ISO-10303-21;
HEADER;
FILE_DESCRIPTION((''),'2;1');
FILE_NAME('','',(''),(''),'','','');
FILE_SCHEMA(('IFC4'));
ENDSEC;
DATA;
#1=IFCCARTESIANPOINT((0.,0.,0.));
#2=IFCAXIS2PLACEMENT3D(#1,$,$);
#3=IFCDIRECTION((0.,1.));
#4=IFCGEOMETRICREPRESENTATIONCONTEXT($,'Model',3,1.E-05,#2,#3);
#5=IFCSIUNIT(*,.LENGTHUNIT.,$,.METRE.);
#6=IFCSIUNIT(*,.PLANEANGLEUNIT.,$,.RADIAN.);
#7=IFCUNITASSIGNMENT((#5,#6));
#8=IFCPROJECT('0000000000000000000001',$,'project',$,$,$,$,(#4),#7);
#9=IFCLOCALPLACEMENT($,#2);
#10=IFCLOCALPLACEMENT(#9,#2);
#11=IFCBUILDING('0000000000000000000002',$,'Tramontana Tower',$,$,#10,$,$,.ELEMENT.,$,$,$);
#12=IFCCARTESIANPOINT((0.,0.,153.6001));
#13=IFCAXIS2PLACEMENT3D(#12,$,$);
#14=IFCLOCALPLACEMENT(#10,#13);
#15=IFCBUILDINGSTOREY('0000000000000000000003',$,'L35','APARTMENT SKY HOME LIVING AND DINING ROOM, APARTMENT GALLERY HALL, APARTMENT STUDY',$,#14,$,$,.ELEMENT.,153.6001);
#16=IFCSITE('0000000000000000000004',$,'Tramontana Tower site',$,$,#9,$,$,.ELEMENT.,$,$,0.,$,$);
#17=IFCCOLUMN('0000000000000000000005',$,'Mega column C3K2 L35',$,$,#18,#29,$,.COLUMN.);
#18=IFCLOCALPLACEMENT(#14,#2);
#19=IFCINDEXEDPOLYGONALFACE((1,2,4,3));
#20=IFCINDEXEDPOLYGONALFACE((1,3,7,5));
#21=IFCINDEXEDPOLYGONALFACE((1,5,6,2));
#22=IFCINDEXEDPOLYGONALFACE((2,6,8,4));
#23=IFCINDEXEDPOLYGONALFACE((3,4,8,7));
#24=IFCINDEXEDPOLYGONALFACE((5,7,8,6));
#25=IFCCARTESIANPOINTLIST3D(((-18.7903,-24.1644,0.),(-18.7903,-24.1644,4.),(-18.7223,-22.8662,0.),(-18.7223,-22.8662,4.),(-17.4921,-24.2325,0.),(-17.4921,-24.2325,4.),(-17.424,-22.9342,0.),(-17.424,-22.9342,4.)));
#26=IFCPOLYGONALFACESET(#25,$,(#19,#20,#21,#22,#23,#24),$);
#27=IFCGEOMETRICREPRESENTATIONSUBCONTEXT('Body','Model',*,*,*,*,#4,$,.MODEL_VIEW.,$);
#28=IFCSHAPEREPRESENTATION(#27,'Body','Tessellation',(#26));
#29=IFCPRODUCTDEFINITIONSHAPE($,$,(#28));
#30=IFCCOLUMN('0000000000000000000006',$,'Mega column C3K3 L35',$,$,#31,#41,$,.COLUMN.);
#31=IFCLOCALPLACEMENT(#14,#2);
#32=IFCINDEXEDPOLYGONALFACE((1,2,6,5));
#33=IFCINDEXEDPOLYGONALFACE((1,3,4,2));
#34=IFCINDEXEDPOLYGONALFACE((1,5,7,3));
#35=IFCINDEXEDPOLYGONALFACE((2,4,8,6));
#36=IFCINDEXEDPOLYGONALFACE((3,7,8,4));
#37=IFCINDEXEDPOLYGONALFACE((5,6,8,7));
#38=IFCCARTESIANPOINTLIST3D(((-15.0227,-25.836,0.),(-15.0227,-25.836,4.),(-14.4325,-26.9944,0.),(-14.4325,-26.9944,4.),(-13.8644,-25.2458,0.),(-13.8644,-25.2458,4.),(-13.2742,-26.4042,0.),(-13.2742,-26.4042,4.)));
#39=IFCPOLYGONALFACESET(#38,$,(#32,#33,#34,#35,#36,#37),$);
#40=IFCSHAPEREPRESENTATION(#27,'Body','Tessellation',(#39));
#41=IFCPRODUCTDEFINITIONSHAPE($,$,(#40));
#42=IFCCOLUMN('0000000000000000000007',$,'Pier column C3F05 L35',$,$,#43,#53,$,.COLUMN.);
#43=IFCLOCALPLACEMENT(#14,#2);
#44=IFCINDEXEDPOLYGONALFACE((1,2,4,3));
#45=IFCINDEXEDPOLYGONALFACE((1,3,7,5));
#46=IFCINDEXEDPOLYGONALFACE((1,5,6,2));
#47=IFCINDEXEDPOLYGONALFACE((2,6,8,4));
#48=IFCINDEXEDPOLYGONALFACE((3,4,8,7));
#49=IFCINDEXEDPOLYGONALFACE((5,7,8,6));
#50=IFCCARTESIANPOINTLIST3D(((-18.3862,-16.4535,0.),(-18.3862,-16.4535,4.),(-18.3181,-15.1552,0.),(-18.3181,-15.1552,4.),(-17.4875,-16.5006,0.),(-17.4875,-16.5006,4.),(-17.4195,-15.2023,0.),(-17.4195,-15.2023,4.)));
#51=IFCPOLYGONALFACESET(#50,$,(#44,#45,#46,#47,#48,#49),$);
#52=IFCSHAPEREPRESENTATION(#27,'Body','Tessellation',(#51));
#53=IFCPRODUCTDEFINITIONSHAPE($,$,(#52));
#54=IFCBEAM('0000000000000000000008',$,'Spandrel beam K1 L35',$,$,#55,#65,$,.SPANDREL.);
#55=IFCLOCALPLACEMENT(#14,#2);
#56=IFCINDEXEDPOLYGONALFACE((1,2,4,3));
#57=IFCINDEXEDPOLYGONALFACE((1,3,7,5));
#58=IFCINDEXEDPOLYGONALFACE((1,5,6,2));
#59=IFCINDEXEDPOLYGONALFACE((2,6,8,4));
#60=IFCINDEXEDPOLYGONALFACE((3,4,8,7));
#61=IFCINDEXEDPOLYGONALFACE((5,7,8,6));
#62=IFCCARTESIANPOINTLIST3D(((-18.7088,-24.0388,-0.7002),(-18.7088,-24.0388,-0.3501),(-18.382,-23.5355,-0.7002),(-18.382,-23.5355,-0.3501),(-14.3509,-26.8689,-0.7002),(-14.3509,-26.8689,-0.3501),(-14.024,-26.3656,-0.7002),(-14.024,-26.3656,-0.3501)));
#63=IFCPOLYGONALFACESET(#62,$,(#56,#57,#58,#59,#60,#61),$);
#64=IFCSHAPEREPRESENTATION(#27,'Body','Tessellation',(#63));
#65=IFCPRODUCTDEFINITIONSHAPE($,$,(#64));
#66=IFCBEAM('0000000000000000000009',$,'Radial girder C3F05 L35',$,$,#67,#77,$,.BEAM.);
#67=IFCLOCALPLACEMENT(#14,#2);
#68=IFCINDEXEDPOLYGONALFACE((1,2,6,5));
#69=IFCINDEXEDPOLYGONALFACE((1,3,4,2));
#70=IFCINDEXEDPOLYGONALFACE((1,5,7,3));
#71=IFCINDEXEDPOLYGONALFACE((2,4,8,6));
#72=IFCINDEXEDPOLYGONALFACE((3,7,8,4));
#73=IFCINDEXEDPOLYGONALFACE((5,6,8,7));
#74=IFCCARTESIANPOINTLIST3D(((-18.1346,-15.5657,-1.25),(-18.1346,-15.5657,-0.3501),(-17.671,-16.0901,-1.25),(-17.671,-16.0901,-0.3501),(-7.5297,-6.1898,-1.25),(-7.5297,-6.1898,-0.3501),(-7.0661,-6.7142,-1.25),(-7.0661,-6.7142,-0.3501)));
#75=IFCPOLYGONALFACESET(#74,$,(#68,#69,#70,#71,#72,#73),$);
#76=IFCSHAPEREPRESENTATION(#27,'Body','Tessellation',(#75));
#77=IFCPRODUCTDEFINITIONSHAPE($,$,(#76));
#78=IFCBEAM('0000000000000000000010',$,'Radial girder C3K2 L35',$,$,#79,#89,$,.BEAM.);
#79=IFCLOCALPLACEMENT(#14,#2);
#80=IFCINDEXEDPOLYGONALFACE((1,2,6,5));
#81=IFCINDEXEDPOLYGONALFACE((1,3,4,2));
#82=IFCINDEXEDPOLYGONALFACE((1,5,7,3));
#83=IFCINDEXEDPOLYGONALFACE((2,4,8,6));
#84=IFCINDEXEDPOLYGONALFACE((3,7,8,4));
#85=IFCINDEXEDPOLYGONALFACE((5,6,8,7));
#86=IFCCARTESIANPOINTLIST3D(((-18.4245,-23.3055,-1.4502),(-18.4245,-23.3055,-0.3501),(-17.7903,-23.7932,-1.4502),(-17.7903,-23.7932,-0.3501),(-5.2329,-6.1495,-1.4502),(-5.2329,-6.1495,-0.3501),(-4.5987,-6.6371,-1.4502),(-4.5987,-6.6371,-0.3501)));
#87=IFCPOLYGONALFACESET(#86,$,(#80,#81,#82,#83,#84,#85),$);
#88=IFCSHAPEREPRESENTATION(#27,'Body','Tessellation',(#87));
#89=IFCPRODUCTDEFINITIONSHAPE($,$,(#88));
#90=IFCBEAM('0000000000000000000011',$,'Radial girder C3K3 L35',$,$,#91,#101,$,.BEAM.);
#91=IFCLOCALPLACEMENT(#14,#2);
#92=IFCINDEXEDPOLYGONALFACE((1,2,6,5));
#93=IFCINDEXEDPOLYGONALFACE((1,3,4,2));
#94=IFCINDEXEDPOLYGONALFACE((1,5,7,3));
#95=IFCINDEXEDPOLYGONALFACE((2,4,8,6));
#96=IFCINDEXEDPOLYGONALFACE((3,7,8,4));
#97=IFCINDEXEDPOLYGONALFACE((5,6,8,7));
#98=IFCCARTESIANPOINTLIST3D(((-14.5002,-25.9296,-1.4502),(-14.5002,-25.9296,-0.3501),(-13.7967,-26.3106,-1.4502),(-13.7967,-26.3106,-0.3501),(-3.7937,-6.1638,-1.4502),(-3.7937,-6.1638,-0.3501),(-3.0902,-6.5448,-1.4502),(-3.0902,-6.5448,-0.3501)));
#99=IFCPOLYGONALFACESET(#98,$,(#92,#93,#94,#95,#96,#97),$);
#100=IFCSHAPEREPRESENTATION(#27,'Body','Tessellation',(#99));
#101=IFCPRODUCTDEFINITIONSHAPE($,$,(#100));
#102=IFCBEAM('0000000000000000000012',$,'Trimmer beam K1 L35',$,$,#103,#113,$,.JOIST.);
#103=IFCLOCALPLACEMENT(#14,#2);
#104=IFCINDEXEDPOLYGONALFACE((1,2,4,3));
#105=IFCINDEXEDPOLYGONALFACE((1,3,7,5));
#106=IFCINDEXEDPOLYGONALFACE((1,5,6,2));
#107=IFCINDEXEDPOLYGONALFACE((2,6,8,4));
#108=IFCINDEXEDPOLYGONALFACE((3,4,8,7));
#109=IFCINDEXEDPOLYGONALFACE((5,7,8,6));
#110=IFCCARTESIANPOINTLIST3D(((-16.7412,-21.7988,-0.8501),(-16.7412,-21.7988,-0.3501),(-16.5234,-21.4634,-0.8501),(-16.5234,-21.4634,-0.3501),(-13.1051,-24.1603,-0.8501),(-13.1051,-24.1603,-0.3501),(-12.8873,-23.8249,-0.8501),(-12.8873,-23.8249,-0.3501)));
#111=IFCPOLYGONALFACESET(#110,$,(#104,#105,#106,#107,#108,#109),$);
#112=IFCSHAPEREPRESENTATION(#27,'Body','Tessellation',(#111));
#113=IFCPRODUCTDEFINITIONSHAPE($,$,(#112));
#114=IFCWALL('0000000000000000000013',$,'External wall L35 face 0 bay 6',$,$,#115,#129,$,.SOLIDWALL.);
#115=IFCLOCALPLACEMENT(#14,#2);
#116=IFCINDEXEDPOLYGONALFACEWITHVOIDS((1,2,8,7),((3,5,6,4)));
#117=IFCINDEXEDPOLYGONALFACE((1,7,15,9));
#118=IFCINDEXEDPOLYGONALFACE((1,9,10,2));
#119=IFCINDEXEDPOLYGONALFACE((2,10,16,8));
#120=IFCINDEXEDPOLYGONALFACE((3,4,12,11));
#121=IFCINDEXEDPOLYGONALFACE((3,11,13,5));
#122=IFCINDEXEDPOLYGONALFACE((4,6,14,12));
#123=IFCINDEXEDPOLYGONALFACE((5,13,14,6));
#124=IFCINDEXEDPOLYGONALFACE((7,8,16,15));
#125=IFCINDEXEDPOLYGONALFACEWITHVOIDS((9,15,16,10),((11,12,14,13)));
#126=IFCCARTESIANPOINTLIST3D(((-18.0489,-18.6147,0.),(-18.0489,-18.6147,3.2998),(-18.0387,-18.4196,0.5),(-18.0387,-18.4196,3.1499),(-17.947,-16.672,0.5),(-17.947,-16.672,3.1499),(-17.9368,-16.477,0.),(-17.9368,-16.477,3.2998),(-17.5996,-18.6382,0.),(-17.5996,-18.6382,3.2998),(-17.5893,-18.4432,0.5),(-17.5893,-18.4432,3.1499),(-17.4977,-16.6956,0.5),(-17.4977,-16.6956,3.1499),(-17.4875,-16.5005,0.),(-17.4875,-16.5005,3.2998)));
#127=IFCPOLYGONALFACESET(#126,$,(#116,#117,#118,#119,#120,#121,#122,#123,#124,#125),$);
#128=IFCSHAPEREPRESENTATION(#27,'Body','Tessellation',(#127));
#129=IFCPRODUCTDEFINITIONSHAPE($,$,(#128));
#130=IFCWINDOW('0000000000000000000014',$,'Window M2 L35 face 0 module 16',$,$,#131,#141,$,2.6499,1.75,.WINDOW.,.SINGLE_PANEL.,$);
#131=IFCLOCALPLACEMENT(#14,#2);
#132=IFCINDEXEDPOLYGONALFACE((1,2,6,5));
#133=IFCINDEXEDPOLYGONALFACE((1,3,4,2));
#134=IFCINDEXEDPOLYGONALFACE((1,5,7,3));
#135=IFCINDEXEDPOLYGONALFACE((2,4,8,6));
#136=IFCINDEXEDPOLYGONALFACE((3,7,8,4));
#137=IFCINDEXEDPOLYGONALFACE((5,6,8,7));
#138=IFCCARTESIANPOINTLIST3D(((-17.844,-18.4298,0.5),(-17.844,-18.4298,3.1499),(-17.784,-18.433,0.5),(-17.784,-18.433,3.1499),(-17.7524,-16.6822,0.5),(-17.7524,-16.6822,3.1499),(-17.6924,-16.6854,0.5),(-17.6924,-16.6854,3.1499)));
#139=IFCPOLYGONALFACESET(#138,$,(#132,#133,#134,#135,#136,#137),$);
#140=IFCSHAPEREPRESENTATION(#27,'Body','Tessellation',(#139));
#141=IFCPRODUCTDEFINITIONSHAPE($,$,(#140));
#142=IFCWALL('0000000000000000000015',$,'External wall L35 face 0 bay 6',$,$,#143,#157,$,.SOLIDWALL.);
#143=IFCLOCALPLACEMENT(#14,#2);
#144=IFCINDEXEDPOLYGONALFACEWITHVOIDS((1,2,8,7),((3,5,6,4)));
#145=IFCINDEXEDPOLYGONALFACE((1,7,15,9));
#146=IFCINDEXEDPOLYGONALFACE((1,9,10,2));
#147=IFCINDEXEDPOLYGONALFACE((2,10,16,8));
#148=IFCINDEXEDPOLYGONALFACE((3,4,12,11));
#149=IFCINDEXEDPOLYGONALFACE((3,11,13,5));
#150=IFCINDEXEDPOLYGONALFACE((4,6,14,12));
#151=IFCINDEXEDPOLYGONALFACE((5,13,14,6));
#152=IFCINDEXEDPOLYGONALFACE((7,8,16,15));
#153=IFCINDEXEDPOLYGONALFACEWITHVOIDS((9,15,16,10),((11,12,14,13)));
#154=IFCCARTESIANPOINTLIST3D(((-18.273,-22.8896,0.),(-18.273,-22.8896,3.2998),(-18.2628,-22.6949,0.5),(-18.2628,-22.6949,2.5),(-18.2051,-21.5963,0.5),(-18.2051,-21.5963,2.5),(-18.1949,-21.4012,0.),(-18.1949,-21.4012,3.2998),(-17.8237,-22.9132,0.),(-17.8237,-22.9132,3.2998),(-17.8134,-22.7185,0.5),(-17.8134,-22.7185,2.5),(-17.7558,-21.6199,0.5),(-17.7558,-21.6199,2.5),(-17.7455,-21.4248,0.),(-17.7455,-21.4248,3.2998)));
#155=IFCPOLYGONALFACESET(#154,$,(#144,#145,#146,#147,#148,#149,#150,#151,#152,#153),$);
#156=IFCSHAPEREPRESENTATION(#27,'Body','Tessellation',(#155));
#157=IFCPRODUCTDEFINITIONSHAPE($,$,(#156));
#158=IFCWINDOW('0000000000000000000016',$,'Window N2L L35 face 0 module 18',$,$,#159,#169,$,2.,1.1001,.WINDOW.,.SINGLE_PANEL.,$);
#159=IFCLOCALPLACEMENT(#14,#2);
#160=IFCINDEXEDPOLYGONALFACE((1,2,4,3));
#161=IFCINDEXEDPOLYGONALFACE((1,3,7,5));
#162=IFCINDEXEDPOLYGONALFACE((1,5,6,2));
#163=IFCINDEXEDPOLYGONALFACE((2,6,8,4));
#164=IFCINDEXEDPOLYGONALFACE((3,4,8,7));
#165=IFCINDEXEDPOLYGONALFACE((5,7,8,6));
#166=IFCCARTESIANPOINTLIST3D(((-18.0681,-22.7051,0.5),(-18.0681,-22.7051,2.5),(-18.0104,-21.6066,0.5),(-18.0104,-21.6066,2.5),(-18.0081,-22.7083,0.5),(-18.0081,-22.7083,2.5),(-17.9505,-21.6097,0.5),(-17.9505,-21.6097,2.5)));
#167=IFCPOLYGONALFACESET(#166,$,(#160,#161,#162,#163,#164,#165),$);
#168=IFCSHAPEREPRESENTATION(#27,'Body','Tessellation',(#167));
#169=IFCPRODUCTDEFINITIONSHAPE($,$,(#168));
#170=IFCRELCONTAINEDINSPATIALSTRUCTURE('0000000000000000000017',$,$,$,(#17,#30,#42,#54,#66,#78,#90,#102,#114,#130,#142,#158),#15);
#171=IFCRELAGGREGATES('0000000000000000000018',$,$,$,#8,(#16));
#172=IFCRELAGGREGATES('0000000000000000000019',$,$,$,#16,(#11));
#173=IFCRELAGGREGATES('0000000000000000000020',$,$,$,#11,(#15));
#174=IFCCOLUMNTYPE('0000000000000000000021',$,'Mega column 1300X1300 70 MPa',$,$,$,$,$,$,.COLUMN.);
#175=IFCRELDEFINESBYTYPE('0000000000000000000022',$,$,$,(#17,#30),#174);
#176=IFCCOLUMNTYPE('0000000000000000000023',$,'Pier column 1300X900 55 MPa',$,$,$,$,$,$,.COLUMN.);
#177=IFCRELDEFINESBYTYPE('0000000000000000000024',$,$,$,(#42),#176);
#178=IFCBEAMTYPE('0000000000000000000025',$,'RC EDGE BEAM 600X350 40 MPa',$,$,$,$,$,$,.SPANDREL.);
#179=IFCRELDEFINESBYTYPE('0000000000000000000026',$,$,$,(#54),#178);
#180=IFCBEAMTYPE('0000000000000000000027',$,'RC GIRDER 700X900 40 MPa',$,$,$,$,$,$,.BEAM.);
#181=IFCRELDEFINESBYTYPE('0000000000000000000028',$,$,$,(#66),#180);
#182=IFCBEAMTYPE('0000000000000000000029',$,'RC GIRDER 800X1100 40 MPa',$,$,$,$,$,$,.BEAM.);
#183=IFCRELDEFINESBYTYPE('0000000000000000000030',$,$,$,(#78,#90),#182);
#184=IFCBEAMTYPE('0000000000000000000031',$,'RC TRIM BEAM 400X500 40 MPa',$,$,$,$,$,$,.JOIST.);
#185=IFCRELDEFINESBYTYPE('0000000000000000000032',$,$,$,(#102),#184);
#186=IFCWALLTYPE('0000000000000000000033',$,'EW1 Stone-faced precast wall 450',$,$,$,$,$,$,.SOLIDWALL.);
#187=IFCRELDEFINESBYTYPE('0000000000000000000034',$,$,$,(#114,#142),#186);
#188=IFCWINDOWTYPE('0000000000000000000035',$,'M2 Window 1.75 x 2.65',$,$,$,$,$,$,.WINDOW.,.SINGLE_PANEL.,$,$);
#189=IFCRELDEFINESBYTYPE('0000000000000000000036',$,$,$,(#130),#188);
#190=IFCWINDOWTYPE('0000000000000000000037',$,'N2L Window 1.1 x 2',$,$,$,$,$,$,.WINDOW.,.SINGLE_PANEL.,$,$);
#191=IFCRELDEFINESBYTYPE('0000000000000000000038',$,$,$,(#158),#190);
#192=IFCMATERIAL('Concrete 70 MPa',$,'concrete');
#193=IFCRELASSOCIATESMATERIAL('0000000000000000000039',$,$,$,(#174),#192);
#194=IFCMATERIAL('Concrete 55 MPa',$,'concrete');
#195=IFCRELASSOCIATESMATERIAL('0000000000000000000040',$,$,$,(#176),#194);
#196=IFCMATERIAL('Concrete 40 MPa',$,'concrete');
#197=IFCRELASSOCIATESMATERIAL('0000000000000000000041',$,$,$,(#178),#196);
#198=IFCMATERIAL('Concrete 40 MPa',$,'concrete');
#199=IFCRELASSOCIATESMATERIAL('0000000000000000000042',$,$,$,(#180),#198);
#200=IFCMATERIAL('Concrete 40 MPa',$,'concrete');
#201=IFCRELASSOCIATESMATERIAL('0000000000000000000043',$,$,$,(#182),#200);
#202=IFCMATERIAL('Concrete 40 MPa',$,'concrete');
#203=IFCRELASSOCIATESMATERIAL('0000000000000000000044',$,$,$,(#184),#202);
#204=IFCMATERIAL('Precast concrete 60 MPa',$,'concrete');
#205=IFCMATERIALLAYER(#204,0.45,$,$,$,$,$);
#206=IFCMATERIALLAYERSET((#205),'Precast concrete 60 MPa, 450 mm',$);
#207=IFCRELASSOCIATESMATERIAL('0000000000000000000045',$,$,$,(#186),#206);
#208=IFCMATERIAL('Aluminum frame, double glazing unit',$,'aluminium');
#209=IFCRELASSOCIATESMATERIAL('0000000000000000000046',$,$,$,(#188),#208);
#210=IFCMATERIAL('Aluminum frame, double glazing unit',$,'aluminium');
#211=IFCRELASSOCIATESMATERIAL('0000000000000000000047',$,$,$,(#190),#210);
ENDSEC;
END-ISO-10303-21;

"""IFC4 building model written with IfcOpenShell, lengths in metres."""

from ifc_helpers import new_model, si_unit, direction, frame, frame_2d, origin, origin_2d, place, context, subcontext, project, spatial, rectangle, extrude, material, layer, layer_set, material_profile, profile_set, type_object, element, fill, save


model = new_model("IFC4")

# Units and contexts
model_context = context("Model", 3, precision=1e-05, world=origin(), true_north=direction((0.0, 1.0)))
body_context = subcontext(model_context, "Body", "Model", "MODEL_VIEW")
ifc_project = project(units=[si_unit("LENGTHUNIT", "METRE"), si_unit("PLANEANGLEUNIT", "RADIAN")], contexts=[model_context])

# Site, building, storey
site_placement = place(None, origin())
site = spatial("IfcSite", under=ifc_project, at=site_placement, Name="Tramontana Tower site", CompositionType="ELEMENT", RefElevation=0.0)
building_placement = place(site_placement, origin())
building = spatial("IfcBuilding", under=site, at=building_placement, Name="Tramontana Tower", CompositionType="ELEMENT")
storey_placement = place(building_placement, frame((0.0, 0.0, 153.6001)))
storey = spatial("IfcBuildingStorey", under=building, at=storey_placement, Name="L35", Description="APARTMENT SKY HOME LIVING AND DINING ROOM, APARTMENT GALLERY HALL, APARTMENT STUDY", CompositionType="ELEMENT", Elevation=153.6001)

# Columns
ifc_material_1 = material(Name="Concrete 70 MPa", Category="concrete")
ifc_material_profile_1 = material_profile(ifc_material_1, rectangle(XDim=1.3, YDim=1.3, at=origin_2d()), Name="Mega column 1300X1300 70 MPa")
ifc_profile_set_1 = profile_set([ifc_material_profile_1], Name="Concrete 70 MPa")
column_type_1 = type_object("IfcColumnType", Name="Mega column 1300X1300 70 MPa", PredefinedType="COLUMN", material=ifc_profile_set_1)
for number, where, z_axis, x_axis, name in (
    (1, (-18.1072, -23.5493, 0.0), (0.0, 0.0, 1.0), (-0.052336, -0.99863, 0.0), "Mega column C3K2 L35"),
    (2, (-14.1484, -26.1201, 0.0), (0.0, 0.0, 1.0), (0.891007, 0.45399, 0.0), "Mega column C3K3 L35"),
):
    element("IfcColumn", number, at=place(storey_placement, frame(where, z_axis=z_axis, x_axis=x_axis)), inside=storey, type_object=column_type_1, Name=name, PredefinedType="COLUMN", context=body_context, shape_type="SweptSolid", body=[
        extrude(rectangle(XDim=1.3, YDim=1.3, at=origin_2d()), origin(), (0.0, 0.0, 1.0), 4.0),
    ])
ifc_material_2 = material(Name="Concrete 55 MPa", Category="concrete")
ifc_material_profile_2 = material_profile(ifc_material_2, rectangle(XDim=1.3, YDim=0.8999, at=origin_2d()), Name="Pier column 1300X900 55 MPa")
ifc_profile_set_2 = profile_set([ifc_material_profile_2], Name="Concrete 55 MPa")
column_type_2 = type_object("IfcColumnType", Name="Pier column 1300X900 55 MPa", PredefinedType="COLUMN", material=ifc_profile_set_2)
column_placement = place(storey_placement, frame((-17.9028, -15.8279, 0.0), z_axis=(0.0, 0.0, 1.0), x_axis=(-0.052336, -0.99863, 0.0)))
element("IfcColumn", 3, at=column_placement, inside=storey, type_object=column_type_2, Name="Pier column C3F05 L35", PredefinedType="COLUMN", context=body_context, shape_type="SweptSolid", body=[
    extrude(rectangle(XDim=1.3, YDim=0.8999, at=origin_2d()), origin(), (0.0, 0.0, 1.0), 4.0),
])

# Beams
ifc_material_3 = material(Name="Concrete 40 MPa", Category="concrete")
ifc_material_profile_3 = material_profile(ifc_material_3, rectangle(XDim=0.6001, YDim=0.3501, at=origin_2d()), Name="RC EDGE BEAM 600X350 40 MPa")
ifc_profile_set_3 = profile_set([ifc_material_profile_3], Name="Concrete 40 MPa")
beam_type_1 = type_object("IfcBeamType", Name="RC EDGE BEAM 600X350 40 MPa", PredefinedType="SPANDREL", material=ifc_profile_set_3)
beam_1_placement = place(storey_placement, frame((-18.5454, -23.7871, -0.5251), z_axis=(0.838669, -0.544641, 0.0), x_axis=(0.544641, 0.838669, 0.0)))
element("IfcBeam", 4, at=beam_1_placement, inside=storey, type_object=beam_type_1, Name="Spandrel beam K1 L35", PredefinedType="SPANDREL", context=body_context, shape_type="SweptSolid", body=[
    extrude(rectangle(XDim=0.6001, YDim=0.3501, at=origin_2d()), origin(), (0.0, 0.0, 1.0), 5.1963),
])
ifc_material_4 = material(Name="Concrete 40 MPa", Category="concrete")
ifc_material_profile_4 = material_profile(ifc_material_4, rectangle(XDim=0.7, YDim=0.8999, at=origin_2d()), Name="RC GIRDER 700X900 40 MPa")
ifc_profile_set_4 = profile_set([ifc_material_profile_4], Name="Concrete 40 MPa")
beam_type_2 = type_object("IfcBeamType", Name="RC GIRDER 700X900 40 MPa", PredefinedType="BEAM", material=ifc_profile_set_4)
beam_2_placement = place(storey_placement, frame((-17.9028, -15.8279, -0.8), z_axis=(0.749184, 0.662362, 0.0), x_axis=(-0.662362, 0.749184, 0.0)))
element("IfcBeam", 5, at=beam_2_placement, inside=storey, type_object=beam_type_2, Name="Radial girder C3F05 L35", PredefinedType="BEAM", context=body_context, shape_type="SweptSolid", body=[
    extrude(rectangle(XDim=0.7, YDim=0.8999, at=origin_2d()), origin(), (0.0, 0.0, 1.0), 14.1553),
])
ifc_material_5 = material(Name="Concrete 40 MPa", Category="concrete")
ifc_material_profile_5 = material_profile(ifc_material_5, rectangle(XDim=0.8, YDim=1.1001, at=origin_2d()), Name="RC GIRDER 800X1100 40 MPa")
ifc_profile_set_5 = profile_set([ifc_material_profile_5], Name="Concrete 40 MPa")
beam_type_3 = type_object("IfcBeamType", Name="RC GIRDER 800X1100 40 MPa", PredefinedType="BEAM", material=ifc_profile_set_5)
beam_3_placement = place(storey_placement, frame((-18.1074, -23.5493, -0.9001), z_axis=(0.609558, 0.792742, 0.0), x_axis=(-0.792742, 0.609558, 0.0)))
element("IfcBeam", 6, at=beam_3_placement, inside=storey, type_object=beam_type_3, Name="Radial girder C3K2 L35", PredefinedType="BEAM", context=body_context, shape_type="SweptSolid", body=[
    extrude(rectangle(XDim=0.8, YDim=1.1001, at=origin_2d()), origin(), (0.0, 0.0, 1.0), 21.6414),
])
beam_4_placement = place(storey_placement, frame((-14.1484, -26.1201, -0.9001), z_axis=(0.476284, 0.879291, 0.0), x_axis=(-0.879291, 0.476284, 0.0)))
element("IfcBeam", 7, at=beam_4_placement, inside=storey, type_object=beam_type_3, Name="Radial girder C3K3 L35", PredefinedType="BEAM", context=body_context, shape_type="SweptSolid", body=[
    extrude(rectangle(XDim=0.8, YDim=1.1001, at=origin_2d()), origin(), (0.0, 0.0, 1.0), 22.4792),
])
ifc_material_6 = material(Name="Concrete 40 MPa", Category="concrete")
ifc_material_profile_6 = material_profile(ifc_material_6, rectangle(XDim=0.3999, YDim=0.5, at=origin_2d()), Name="RC TRIM BEAM 400X500 40 MPa")
ifc_profile_set_6 = profile_set([ifc_material_profile_6], Name="Concrete 40 MPa")
beam_type_4 = type_object("IfcBeamType", Name="RC TRIM BEAM 400X500 40 MPa", PredefinedType="JOIST", material=ifc_profile_set_6)
beam_5_placement = place(storey_placement, frame((-16.6323, -21.6311, -0.6001), z_axis=(0.838652, -0.544668, 0.0), x_axis=(0.544668, 0.838652, 0.0)))
element("IfcBeam", 8, at=beam_5_placement, inside=storey, type_object=beam_type_4, Name="Trimmer beam K1 L35", PredefinedType="JOIST", context=body_context, shape_type="SweptSolid", body=[
    extrude(rectangle(XDim=0.3999, YDim=0.5, at=origin_2d()), origin(), (0.0, 0.0, 1.0), 4.3357),
])

# Walls, openings, windows
ifc_material_7 = material(Name="Precast concrete 60 MPa", Category="concrete")
ifc_layer_1 = layer(ifc_material_7, 0.45)
ifc_layer_set_1 = layer_set([ifc_layer_1], Name="Precast concrete 60 MPa, 450 mm")
wall_type_1 = type_object("IfcWallType", Name="EW1 Stone-faced precast wall 450", PredefinedType="SOLIDWALL", material=ifc_layer_set_1)
wall_1_placement = place(storey_placement, frame((-17.7122, -16.4888, 0.0), z_axis=(0.0, 0.0, 1.0), x_axis=(-0.052349, -0.998629, 0.0)))
wall_1 = element("IfcWall", 9, at=wall_1_placement, inside=storey, type_object=wall_type_1, Name="External wall L35 face 0 bay 6", PredefinedType="SOLIDWALL", context=body_context, shape_type="SweptSolid", body=[
    extrude(rectangle(XDim=2.1406, YDim=0.45, at=frame_2d((1.0703, 0.0))), origin(), (0.0, 0.0, 1.0), 3.2998),
])
opening_1_placement = place(wall_1_placement, frame((0.1953, 0.0, 0.5)))
opening_1 = element("IfcOpeningElement", 10, at=opening_1_placement, cuts=wall_1, PredefinedType="OPENING", context=body_context, shape_type="SweptSolid", body=[
    extrude(rectangle(XDim=1.75, YDim=2.6499, at=frame_2d((0.875, 1.325))), frame((0.0, 0.2349, 0.0), z_axis=(0.0, -1.0, 0.0), x_axis=(1.0, 0.0, 0.0)), (0.0, 0.0, 1.0), 0.47),
])
ifc_material_8 = material(Name="Aluminum frame, double glazing unit", Category="aluminium")
window_type_1 = type_object("IfcWindowType", Name="M2 Window 1.75 x 2.65", PartitioningType="SINGLE_PANEL", PredefinedType="WINDOW", material=ifc_material_8)
window_1_placement = place(opening_1_placement, origin())
window_1 = element("IfcWindow", 11, at=window_1_placement, inside=storey, type_object=window_type_1, Name="Window M2 L35 face 0 module 16", OverallHeight=2.6499, OverallWidth=1.75, PartitioningType="SINGLE_PANEL", PredefinedType="WINDOW", context=body_context, shape_type="SweptSolid", body=[
    extrude(rectangle(XDim=1.75, YDim=2.6499, at=frame_2d((0.875, 1.325))), frame((0.0, 0.03, 0.0), z_axis=(0.0, -1.0, 0.0), x_axis=(1.0, 0.0, 0.0)), (0.0, 0.0, 1.0), 0.0601),
])
fill(opening_1, window_1)
wall_2_placement = place(storey_placement, frame((-17.9702, -21.4131, 0.0), z_axis=(0.0, 0.0, 1.0), x_axis=(-0.052413, -0.998626, 0.0)))
wall_2 = element("IfcWall", 12, at=wall_2_placement, inside=storey, type_object=wall_type_1, Name="External wall L35 face 0 bay 6", PredefinedType="SOLIDWALL", context=body_context, shape_type="SweptSolid", body=[
    extrude(rectangle(XDim=1.4905, YDim=0.45, at=frame_2d((0.7451, 0.0))), origin(), (0.0, 0.0, 1.0), 3.2998),
])
opening_2_placement = place(wall_2_placement, frame((0.1953, 0.0, 0.5)))
opening_2 = element("IfcOpeningElement", 13, at=opening_2_placement, cuts=wall_2, PredefinedType="OPENING", context=body_context, shape_type="SweptSolid", body=[
    extrude(rectangle(XDim=1.1001, YDim=2.0, at=frame_2d((0.55, 1.0))), frame((0.0, 0.2349, 0.0), z_axis=(0.0, -1.0, 0.0), x_axis=(1.0, 0.0, 0.0)), (0.0, 0.0, 1.0), 0.47),
])
ifc_material_9 = material(Name="Aluminum frame, double glazing unit", Category="aluminium")
window_type_2 = type_object("IfcWindowType", Name="N2L Window 1.1 x 2", PartitioningType="SINGLE_PANEL", PredefinedType="WINDOW", material=ifc_material_9)
window_2_placement = place(opening_2_placement, origin())
window_2 = element("IfcWindow", 14, at=window_2_placement, inside=storey, type_object=window_type_2, Name="Window N2L L35 face 0 module 18", OverallHeight=2.0, OverallWidth=1.1001, PartitioningType="SINGLE_PANEL", PredefinedType="WINDOW", context=body_context, shape_type="SweptSolid", body=[
    extrude(rectangle(XDim=1.1001, YDim=2.0, at=frame_2d((0.55, 1.0))), frame((0.0, 0.03, 0.0), z_axis=(0.0, -1.0, 0.0), x_axis=(1.0, 0.0, 0.0)), (0.0, 0.0, 1.0), 0.0601),
])
fill(opening_2, window_2)

save(model, "model.ifc")
